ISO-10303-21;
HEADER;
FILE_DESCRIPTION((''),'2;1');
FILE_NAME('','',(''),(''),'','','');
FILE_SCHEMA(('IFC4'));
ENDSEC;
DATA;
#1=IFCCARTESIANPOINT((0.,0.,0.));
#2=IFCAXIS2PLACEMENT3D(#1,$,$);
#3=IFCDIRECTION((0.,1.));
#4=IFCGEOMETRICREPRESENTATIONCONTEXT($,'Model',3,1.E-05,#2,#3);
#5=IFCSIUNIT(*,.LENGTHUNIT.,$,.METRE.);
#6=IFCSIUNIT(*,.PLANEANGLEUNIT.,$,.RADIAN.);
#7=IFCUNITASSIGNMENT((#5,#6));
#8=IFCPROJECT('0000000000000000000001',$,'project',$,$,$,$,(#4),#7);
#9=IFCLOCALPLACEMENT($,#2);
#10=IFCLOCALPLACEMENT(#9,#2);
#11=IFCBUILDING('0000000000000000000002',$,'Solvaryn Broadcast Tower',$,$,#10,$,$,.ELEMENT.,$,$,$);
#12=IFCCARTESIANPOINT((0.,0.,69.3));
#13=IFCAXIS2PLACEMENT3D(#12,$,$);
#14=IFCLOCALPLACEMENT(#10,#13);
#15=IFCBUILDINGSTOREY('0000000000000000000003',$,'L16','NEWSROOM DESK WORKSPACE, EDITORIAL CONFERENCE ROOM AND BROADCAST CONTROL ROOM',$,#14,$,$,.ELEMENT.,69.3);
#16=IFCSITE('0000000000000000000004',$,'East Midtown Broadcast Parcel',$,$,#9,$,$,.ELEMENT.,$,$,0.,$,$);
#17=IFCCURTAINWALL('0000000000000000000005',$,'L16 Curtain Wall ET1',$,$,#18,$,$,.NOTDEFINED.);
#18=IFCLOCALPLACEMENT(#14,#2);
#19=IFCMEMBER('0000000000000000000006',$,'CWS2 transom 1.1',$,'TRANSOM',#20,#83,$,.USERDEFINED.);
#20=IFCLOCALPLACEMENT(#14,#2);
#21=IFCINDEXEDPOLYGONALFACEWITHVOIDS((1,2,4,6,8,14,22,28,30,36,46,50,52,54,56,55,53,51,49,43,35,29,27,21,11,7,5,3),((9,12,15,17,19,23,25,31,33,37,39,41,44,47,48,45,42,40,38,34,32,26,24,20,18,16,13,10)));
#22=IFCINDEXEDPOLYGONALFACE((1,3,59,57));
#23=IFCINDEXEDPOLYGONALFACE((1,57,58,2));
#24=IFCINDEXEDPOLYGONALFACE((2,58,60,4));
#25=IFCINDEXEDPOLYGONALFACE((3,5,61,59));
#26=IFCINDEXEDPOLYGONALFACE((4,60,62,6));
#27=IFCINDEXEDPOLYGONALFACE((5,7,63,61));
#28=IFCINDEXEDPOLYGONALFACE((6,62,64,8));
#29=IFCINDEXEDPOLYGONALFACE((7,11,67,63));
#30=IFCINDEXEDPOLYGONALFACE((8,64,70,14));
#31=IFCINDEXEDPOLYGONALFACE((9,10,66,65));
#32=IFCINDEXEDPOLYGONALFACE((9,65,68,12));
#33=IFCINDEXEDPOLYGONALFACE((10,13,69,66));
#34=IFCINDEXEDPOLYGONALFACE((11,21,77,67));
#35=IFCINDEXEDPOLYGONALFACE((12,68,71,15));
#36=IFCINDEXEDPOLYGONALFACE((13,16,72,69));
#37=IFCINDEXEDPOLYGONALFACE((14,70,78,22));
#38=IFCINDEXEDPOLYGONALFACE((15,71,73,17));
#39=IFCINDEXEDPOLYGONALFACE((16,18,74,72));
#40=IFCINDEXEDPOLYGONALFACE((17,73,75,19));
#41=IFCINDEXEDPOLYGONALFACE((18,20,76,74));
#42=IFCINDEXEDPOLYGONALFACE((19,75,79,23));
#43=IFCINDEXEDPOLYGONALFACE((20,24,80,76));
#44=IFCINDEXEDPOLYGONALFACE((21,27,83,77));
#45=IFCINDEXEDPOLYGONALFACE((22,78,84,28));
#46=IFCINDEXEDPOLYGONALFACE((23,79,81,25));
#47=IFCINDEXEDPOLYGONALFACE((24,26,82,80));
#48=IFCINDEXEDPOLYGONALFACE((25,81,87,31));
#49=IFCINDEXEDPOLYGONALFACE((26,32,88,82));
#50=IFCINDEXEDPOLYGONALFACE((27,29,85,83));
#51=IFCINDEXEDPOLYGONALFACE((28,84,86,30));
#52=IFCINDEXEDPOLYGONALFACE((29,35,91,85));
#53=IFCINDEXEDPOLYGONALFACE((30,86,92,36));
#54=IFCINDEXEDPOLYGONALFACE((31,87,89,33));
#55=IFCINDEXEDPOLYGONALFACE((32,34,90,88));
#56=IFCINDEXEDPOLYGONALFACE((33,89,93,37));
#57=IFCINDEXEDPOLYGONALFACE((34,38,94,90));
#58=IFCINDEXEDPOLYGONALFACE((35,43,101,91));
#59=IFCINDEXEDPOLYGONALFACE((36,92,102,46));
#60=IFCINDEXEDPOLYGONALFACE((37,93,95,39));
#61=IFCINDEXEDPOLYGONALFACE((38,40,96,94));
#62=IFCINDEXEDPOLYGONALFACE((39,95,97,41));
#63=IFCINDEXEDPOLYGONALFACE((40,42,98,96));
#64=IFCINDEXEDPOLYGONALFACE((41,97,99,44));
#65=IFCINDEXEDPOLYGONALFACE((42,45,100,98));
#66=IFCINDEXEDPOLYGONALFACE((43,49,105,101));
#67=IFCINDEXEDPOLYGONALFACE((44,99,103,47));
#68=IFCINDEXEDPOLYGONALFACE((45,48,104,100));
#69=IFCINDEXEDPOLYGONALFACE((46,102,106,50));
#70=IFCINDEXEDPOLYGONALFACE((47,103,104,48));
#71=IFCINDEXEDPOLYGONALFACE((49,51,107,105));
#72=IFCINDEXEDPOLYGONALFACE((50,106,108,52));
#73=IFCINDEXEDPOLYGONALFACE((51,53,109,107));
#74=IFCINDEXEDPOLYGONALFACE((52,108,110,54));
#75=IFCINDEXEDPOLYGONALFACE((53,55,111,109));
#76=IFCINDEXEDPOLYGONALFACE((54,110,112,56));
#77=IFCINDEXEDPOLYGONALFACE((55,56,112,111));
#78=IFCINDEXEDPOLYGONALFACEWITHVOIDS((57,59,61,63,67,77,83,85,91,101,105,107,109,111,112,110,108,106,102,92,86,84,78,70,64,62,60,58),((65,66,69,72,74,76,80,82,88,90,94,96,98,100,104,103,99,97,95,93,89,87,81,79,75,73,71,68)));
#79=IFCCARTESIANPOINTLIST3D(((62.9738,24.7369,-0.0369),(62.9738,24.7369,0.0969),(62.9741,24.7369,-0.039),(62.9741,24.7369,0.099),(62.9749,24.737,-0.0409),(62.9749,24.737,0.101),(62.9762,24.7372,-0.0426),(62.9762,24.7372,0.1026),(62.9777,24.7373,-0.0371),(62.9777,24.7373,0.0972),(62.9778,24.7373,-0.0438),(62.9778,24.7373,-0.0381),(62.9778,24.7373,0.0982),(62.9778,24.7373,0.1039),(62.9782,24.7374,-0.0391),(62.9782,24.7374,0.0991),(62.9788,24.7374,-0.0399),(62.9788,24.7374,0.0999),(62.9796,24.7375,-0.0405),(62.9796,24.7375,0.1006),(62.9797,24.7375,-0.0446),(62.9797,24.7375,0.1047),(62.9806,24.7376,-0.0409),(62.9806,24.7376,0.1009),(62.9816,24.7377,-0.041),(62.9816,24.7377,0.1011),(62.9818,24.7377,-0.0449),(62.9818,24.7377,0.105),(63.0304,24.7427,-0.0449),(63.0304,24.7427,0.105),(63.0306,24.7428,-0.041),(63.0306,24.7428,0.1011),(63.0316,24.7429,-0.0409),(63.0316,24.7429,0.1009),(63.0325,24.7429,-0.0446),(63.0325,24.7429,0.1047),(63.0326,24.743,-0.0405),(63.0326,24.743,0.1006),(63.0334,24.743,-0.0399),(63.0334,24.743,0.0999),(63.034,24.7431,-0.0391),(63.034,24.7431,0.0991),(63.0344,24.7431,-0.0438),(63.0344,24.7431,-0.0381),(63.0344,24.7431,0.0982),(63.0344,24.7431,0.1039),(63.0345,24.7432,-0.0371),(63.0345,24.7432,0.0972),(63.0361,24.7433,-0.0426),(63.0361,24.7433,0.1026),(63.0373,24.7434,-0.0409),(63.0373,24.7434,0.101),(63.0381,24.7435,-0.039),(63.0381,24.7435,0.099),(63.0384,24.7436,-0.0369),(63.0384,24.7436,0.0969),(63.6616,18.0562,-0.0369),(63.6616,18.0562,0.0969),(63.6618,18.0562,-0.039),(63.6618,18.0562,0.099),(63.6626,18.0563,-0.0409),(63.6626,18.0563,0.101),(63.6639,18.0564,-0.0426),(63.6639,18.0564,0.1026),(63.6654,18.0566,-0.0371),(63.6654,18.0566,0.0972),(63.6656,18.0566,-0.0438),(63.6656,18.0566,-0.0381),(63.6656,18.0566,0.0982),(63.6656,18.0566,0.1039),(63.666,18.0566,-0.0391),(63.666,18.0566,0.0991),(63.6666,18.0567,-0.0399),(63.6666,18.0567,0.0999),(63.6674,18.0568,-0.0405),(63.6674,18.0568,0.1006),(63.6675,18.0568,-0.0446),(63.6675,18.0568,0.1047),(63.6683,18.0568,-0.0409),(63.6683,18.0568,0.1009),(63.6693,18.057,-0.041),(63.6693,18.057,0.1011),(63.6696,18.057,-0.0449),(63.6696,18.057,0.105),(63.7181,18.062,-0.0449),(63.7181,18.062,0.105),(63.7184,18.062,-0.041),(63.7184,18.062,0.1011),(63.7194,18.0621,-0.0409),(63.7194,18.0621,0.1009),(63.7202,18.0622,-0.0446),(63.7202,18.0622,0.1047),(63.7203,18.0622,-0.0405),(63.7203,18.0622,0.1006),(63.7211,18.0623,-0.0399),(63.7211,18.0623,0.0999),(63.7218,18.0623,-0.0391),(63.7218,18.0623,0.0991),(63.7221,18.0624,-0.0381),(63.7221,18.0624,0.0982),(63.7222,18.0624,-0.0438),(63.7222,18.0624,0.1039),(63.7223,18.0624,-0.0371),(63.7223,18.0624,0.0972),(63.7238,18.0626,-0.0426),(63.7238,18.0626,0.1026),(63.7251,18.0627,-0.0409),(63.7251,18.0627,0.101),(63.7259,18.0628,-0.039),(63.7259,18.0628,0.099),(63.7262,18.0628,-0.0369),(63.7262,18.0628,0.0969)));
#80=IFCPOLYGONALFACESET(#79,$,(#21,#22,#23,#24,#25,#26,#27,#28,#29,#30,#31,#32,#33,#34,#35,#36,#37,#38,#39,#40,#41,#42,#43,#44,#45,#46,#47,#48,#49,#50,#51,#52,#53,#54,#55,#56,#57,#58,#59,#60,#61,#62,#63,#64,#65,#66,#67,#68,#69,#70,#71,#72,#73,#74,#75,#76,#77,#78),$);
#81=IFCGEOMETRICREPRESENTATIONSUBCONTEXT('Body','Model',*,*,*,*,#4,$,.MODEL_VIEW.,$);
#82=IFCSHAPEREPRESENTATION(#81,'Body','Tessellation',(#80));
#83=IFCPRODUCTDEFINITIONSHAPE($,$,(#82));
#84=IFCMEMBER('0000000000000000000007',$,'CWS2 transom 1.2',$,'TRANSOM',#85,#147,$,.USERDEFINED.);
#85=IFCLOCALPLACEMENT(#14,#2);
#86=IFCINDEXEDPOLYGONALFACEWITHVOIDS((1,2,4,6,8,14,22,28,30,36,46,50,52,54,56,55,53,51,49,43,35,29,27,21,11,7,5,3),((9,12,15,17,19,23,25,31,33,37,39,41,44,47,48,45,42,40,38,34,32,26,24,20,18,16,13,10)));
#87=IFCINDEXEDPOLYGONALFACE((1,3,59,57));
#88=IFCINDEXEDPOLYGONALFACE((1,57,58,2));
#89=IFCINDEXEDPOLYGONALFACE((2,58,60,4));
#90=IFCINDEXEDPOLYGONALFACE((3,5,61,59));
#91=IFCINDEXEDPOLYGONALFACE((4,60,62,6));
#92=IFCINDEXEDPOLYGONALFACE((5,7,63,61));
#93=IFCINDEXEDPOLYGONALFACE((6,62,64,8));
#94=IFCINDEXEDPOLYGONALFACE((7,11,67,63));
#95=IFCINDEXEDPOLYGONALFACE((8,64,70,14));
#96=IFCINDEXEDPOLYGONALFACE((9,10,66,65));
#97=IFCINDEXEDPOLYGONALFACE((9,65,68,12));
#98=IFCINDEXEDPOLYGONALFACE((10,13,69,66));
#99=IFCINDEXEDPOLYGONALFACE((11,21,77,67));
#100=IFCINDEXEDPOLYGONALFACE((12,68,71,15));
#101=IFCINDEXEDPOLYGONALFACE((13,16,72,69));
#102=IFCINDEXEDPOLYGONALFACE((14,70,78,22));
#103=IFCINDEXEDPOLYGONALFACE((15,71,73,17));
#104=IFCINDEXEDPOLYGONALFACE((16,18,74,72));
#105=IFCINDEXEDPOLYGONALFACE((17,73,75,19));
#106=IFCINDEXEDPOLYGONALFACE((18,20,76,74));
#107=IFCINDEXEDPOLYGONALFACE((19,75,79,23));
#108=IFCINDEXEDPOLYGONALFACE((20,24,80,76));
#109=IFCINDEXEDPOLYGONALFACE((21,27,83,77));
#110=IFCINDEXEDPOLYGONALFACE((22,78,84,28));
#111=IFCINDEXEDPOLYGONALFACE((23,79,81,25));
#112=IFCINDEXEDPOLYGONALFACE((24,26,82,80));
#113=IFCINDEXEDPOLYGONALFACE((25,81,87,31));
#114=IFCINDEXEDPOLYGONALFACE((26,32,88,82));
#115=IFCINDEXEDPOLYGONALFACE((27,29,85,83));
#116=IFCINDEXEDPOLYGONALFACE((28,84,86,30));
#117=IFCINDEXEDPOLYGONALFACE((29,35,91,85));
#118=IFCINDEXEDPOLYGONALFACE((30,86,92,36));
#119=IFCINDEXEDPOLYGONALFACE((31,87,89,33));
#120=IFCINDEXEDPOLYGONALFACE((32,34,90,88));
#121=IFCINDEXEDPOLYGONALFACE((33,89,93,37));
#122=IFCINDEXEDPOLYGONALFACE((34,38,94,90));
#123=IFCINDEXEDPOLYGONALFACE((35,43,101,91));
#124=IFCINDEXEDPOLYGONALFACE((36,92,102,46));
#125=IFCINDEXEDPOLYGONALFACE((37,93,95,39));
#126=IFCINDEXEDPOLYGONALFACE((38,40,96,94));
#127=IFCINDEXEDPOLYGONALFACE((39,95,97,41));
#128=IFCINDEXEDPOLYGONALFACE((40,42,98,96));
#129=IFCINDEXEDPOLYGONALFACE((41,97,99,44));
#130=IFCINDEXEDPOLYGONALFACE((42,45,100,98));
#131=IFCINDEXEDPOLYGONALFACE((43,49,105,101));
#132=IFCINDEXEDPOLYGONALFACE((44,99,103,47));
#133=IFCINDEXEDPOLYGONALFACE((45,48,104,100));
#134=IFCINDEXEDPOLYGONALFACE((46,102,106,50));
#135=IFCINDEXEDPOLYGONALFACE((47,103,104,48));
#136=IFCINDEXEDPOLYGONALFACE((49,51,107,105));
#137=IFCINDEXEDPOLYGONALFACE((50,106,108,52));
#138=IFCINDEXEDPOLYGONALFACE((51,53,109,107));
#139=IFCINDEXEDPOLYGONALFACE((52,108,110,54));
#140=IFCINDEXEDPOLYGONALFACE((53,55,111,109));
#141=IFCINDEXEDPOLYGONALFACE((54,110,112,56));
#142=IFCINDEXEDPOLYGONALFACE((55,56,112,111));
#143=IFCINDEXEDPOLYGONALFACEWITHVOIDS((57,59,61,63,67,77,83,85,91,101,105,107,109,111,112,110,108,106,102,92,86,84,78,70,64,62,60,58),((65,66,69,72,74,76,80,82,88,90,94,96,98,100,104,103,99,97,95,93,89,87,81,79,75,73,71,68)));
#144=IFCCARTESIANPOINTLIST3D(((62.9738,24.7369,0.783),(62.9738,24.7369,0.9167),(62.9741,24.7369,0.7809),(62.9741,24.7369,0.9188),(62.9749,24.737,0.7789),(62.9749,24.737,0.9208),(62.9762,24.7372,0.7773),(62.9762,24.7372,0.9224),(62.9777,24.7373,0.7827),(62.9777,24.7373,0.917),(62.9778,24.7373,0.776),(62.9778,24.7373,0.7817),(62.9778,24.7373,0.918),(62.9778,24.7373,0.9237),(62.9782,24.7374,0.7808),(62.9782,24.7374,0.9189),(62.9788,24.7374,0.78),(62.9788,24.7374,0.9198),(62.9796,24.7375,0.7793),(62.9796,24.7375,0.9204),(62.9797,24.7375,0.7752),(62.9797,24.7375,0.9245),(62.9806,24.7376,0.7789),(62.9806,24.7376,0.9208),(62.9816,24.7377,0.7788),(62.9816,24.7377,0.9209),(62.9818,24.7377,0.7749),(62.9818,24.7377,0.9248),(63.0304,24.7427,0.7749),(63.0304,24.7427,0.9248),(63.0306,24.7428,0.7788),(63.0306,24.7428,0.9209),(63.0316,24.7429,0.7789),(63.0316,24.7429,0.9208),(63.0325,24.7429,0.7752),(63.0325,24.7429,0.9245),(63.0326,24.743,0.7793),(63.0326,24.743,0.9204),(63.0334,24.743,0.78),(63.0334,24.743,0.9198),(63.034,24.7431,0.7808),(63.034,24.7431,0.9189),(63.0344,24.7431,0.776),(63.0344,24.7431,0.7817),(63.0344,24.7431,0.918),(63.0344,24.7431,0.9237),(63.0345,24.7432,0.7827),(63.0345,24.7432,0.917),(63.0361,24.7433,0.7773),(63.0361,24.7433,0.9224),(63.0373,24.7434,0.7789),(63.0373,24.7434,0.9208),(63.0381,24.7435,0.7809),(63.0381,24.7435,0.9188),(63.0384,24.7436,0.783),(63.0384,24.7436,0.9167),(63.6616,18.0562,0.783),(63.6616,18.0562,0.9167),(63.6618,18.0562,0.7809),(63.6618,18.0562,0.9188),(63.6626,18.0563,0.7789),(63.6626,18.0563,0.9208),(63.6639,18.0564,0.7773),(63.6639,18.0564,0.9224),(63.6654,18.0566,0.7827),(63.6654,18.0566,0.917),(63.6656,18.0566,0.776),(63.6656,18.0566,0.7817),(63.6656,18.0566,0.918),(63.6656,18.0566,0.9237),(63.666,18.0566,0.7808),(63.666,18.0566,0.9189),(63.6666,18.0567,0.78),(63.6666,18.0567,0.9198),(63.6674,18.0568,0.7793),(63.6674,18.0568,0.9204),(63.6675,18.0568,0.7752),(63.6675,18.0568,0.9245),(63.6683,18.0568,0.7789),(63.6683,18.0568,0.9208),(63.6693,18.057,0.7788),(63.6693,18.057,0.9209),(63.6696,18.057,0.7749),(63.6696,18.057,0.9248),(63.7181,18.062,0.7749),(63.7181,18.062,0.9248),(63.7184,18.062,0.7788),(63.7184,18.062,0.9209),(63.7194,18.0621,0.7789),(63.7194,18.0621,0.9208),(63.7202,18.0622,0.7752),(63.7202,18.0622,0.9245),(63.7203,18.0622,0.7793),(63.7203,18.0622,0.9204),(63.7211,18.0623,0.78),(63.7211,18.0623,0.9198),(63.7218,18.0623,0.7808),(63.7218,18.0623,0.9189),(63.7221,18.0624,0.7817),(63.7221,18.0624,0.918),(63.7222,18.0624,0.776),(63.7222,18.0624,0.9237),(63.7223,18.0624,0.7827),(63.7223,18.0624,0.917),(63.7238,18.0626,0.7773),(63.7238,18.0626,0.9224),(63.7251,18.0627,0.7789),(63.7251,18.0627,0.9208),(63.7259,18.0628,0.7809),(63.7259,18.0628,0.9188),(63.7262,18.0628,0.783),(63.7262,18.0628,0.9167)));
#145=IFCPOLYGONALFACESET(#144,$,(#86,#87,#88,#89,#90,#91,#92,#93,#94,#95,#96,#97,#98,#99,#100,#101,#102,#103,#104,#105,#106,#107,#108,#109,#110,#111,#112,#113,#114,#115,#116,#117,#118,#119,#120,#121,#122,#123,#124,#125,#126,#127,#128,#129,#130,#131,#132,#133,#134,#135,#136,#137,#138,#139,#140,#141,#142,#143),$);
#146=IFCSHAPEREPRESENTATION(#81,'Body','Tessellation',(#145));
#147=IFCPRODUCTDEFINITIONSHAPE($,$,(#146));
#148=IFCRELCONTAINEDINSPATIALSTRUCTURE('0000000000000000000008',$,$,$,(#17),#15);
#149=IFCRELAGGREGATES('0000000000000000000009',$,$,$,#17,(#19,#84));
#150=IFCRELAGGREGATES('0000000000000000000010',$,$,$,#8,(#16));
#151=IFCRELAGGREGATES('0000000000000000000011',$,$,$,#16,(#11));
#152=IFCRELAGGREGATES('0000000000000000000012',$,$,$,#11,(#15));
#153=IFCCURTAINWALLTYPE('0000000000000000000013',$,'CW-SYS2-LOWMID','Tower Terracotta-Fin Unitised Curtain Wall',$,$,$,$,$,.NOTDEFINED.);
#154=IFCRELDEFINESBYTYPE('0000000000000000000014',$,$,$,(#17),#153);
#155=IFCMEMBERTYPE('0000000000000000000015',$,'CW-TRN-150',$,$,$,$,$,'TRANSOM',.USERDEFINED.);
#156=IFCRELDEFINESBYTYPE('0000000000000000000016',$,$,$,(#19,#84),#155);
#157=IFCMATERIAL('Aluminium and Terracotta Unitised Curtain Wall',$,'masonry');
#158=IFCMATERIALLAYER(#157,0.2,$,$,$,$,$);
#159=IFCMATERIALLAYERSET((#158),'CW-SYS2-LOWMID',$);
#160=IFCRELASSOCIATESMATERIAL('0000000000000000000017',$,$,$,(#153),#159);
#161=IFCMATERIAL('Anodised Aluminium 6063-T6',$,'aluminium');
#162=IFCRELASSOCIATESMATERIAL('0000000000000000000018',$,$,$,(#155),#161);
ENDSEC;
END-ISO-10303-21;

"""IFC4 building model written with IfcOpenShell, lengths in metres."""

from ifc_helpers import new_model, si_unit, direction, frame, origin, origin_2d, place, context, subcontext, project, spatial, hollow_rectangle, extrude, material, layer, layer_set, material_profile, profile_set, type_object, element, aggregate, save


model = new_model("IFC4")

# Units and contexts
model_context = context("Model", 3, precision=1e-05, world=origin(), true_north=direction((0.0, 1.0)))
body_context = subcontext(model_context, "Body", "Model", "MODEL_VIEW")
ifc_project = project(units=[si_unit("LENGTHUNIT", "METRE"), si_unit("PLANEANGLEUNIT", "RADIAN")], contexts=[model_context])

# Site, building, storey
site_placement = place(None, origin())
site = spatial("IfcSite", under=ifc_project, at=site_placement, Name="East Midtown Broadcast Parcel", CompositionType="ELEMENT", RefElevation=0.0)
building_placement = place(site_placement, origin())
building = spatial("IfcBuilding", under=site, at=building_placement, Name="Solvaryn Broadcast Tower", CompositionType="ELEMENT")
storey_placement = place(building_placement, frame((0.0, 0.0, 69.3)))
storey = spatial("IfcBuildingStorey", under=building, at=storey_placement, Name="L16", Description="NEWSROOM DESK WORKSPACE, EDITORIAL CONFERENCE ROOM AND BROADCAST CONTROL ROOM", CompositionType="ELEMENT", Elevation=69.3)

# Curtain wall
ifc_material_1 = material(Name="Aluminium and Terracotta Unitised Curtain Wall", Category="masonry")
ifc_layer_1 = layer(ifc_material_1, 0.2)
ifc_layer_set_1 = layer_set([ifc_layer_1], Name="CW-SYS2-LOWMID")
curtain_wall_type = type_object("IfcCurtainWallType", Name="CW-SYS2-LOWMID", Description="Tower Terracotta-Fin Unitised Curtain Wall", PredefinedType="NOTDEFINED", material=ifc_layer_set_1)
curtain_wall_1_placement = place(storey_placement, origin())
curtain_wall_1 = element("IfcCurtainWall", 1, at=curtain_wall_1_placement, inside=storey, type_object=curtain_wall_type, Name="L16 Curtain Wall ET1", PredefinedType="NOTDEFINED")

# Members
ifc_material_2 = material(Name="Anodised Aluminium 6063-T6", Category="aluminium")
ifc_material_profile_1 = material_profile(ifc_material_2, hollow_rectangle(XDim=0.0649, YDim=0.1499, WallThickness=0.0039, InnerFilletRadius=0.0039, OuterFilletRadius=0.0081, at=origin_2d()))
ifc_profile_set_1 = profile_set([ifc_material_profile_1], Name="Anodised Aluminium 6063-T6")
member_type_1 = type_object("IfcMemberType", Name="CW-TRN-150", ElementType="TRANSOM", PredefinedType="USERDEFINED", material=ifc_profile_set_1)
member_1_placement = place(storey_placement, frame((63.0061, 24.7402, 0.03), z_axis=(0.102404, -0.994743, 0.0), x_axis=(0.994743, 0.102404, 0.0)))
member_1 = element("IfcMember", 2, at=member_1_placement, type_object=member_type_1, Name="CWS2 transom 1.1", ObjectType="TRANSOM", PredefinedType="USERDEFINED", context=body_context, shape_type="SweptSolid", body=[
    extrude(hollow_rectangle(XDim=0.0649, YDim=0.1499, WallThickness=0.0039, InnerFilletRadius=0.0039, OuterFilletRadius=0.0081, at=origin_2d()), origin(), (0.0, 0.0, 1.0), 6.7161),
])
member_2_placement = place(storey_placement, frame((63.0061, 24.7402, 0.8499), z_axis=(0.102404, -0.994743, 0.0), x_axis=(0.994743, 0.102404, 0.0)))
member_2 = element("IfcMember", 3, at=member_2_placement, type_object=member_type_1, Name="CWS2 transom 1.2", ObjectType="TRANSOM", PredefinedType="USERDEFINED", context=body_context, shape_type="SweptSolid", body=[
    extrude(hollow_rectangle(XDim=0.0649, YDim=0.1499, WallThickness=0.0039, InnerFilletRadius=0.0039, OuterFilletRadius=0.0081, at=origin_2d()), origin(), (0.0, 0.0, 1.0), 6.7161),
])

aggregate(curtain_wall_1, [member_1, member_2])

save(model, "model.ifc")
